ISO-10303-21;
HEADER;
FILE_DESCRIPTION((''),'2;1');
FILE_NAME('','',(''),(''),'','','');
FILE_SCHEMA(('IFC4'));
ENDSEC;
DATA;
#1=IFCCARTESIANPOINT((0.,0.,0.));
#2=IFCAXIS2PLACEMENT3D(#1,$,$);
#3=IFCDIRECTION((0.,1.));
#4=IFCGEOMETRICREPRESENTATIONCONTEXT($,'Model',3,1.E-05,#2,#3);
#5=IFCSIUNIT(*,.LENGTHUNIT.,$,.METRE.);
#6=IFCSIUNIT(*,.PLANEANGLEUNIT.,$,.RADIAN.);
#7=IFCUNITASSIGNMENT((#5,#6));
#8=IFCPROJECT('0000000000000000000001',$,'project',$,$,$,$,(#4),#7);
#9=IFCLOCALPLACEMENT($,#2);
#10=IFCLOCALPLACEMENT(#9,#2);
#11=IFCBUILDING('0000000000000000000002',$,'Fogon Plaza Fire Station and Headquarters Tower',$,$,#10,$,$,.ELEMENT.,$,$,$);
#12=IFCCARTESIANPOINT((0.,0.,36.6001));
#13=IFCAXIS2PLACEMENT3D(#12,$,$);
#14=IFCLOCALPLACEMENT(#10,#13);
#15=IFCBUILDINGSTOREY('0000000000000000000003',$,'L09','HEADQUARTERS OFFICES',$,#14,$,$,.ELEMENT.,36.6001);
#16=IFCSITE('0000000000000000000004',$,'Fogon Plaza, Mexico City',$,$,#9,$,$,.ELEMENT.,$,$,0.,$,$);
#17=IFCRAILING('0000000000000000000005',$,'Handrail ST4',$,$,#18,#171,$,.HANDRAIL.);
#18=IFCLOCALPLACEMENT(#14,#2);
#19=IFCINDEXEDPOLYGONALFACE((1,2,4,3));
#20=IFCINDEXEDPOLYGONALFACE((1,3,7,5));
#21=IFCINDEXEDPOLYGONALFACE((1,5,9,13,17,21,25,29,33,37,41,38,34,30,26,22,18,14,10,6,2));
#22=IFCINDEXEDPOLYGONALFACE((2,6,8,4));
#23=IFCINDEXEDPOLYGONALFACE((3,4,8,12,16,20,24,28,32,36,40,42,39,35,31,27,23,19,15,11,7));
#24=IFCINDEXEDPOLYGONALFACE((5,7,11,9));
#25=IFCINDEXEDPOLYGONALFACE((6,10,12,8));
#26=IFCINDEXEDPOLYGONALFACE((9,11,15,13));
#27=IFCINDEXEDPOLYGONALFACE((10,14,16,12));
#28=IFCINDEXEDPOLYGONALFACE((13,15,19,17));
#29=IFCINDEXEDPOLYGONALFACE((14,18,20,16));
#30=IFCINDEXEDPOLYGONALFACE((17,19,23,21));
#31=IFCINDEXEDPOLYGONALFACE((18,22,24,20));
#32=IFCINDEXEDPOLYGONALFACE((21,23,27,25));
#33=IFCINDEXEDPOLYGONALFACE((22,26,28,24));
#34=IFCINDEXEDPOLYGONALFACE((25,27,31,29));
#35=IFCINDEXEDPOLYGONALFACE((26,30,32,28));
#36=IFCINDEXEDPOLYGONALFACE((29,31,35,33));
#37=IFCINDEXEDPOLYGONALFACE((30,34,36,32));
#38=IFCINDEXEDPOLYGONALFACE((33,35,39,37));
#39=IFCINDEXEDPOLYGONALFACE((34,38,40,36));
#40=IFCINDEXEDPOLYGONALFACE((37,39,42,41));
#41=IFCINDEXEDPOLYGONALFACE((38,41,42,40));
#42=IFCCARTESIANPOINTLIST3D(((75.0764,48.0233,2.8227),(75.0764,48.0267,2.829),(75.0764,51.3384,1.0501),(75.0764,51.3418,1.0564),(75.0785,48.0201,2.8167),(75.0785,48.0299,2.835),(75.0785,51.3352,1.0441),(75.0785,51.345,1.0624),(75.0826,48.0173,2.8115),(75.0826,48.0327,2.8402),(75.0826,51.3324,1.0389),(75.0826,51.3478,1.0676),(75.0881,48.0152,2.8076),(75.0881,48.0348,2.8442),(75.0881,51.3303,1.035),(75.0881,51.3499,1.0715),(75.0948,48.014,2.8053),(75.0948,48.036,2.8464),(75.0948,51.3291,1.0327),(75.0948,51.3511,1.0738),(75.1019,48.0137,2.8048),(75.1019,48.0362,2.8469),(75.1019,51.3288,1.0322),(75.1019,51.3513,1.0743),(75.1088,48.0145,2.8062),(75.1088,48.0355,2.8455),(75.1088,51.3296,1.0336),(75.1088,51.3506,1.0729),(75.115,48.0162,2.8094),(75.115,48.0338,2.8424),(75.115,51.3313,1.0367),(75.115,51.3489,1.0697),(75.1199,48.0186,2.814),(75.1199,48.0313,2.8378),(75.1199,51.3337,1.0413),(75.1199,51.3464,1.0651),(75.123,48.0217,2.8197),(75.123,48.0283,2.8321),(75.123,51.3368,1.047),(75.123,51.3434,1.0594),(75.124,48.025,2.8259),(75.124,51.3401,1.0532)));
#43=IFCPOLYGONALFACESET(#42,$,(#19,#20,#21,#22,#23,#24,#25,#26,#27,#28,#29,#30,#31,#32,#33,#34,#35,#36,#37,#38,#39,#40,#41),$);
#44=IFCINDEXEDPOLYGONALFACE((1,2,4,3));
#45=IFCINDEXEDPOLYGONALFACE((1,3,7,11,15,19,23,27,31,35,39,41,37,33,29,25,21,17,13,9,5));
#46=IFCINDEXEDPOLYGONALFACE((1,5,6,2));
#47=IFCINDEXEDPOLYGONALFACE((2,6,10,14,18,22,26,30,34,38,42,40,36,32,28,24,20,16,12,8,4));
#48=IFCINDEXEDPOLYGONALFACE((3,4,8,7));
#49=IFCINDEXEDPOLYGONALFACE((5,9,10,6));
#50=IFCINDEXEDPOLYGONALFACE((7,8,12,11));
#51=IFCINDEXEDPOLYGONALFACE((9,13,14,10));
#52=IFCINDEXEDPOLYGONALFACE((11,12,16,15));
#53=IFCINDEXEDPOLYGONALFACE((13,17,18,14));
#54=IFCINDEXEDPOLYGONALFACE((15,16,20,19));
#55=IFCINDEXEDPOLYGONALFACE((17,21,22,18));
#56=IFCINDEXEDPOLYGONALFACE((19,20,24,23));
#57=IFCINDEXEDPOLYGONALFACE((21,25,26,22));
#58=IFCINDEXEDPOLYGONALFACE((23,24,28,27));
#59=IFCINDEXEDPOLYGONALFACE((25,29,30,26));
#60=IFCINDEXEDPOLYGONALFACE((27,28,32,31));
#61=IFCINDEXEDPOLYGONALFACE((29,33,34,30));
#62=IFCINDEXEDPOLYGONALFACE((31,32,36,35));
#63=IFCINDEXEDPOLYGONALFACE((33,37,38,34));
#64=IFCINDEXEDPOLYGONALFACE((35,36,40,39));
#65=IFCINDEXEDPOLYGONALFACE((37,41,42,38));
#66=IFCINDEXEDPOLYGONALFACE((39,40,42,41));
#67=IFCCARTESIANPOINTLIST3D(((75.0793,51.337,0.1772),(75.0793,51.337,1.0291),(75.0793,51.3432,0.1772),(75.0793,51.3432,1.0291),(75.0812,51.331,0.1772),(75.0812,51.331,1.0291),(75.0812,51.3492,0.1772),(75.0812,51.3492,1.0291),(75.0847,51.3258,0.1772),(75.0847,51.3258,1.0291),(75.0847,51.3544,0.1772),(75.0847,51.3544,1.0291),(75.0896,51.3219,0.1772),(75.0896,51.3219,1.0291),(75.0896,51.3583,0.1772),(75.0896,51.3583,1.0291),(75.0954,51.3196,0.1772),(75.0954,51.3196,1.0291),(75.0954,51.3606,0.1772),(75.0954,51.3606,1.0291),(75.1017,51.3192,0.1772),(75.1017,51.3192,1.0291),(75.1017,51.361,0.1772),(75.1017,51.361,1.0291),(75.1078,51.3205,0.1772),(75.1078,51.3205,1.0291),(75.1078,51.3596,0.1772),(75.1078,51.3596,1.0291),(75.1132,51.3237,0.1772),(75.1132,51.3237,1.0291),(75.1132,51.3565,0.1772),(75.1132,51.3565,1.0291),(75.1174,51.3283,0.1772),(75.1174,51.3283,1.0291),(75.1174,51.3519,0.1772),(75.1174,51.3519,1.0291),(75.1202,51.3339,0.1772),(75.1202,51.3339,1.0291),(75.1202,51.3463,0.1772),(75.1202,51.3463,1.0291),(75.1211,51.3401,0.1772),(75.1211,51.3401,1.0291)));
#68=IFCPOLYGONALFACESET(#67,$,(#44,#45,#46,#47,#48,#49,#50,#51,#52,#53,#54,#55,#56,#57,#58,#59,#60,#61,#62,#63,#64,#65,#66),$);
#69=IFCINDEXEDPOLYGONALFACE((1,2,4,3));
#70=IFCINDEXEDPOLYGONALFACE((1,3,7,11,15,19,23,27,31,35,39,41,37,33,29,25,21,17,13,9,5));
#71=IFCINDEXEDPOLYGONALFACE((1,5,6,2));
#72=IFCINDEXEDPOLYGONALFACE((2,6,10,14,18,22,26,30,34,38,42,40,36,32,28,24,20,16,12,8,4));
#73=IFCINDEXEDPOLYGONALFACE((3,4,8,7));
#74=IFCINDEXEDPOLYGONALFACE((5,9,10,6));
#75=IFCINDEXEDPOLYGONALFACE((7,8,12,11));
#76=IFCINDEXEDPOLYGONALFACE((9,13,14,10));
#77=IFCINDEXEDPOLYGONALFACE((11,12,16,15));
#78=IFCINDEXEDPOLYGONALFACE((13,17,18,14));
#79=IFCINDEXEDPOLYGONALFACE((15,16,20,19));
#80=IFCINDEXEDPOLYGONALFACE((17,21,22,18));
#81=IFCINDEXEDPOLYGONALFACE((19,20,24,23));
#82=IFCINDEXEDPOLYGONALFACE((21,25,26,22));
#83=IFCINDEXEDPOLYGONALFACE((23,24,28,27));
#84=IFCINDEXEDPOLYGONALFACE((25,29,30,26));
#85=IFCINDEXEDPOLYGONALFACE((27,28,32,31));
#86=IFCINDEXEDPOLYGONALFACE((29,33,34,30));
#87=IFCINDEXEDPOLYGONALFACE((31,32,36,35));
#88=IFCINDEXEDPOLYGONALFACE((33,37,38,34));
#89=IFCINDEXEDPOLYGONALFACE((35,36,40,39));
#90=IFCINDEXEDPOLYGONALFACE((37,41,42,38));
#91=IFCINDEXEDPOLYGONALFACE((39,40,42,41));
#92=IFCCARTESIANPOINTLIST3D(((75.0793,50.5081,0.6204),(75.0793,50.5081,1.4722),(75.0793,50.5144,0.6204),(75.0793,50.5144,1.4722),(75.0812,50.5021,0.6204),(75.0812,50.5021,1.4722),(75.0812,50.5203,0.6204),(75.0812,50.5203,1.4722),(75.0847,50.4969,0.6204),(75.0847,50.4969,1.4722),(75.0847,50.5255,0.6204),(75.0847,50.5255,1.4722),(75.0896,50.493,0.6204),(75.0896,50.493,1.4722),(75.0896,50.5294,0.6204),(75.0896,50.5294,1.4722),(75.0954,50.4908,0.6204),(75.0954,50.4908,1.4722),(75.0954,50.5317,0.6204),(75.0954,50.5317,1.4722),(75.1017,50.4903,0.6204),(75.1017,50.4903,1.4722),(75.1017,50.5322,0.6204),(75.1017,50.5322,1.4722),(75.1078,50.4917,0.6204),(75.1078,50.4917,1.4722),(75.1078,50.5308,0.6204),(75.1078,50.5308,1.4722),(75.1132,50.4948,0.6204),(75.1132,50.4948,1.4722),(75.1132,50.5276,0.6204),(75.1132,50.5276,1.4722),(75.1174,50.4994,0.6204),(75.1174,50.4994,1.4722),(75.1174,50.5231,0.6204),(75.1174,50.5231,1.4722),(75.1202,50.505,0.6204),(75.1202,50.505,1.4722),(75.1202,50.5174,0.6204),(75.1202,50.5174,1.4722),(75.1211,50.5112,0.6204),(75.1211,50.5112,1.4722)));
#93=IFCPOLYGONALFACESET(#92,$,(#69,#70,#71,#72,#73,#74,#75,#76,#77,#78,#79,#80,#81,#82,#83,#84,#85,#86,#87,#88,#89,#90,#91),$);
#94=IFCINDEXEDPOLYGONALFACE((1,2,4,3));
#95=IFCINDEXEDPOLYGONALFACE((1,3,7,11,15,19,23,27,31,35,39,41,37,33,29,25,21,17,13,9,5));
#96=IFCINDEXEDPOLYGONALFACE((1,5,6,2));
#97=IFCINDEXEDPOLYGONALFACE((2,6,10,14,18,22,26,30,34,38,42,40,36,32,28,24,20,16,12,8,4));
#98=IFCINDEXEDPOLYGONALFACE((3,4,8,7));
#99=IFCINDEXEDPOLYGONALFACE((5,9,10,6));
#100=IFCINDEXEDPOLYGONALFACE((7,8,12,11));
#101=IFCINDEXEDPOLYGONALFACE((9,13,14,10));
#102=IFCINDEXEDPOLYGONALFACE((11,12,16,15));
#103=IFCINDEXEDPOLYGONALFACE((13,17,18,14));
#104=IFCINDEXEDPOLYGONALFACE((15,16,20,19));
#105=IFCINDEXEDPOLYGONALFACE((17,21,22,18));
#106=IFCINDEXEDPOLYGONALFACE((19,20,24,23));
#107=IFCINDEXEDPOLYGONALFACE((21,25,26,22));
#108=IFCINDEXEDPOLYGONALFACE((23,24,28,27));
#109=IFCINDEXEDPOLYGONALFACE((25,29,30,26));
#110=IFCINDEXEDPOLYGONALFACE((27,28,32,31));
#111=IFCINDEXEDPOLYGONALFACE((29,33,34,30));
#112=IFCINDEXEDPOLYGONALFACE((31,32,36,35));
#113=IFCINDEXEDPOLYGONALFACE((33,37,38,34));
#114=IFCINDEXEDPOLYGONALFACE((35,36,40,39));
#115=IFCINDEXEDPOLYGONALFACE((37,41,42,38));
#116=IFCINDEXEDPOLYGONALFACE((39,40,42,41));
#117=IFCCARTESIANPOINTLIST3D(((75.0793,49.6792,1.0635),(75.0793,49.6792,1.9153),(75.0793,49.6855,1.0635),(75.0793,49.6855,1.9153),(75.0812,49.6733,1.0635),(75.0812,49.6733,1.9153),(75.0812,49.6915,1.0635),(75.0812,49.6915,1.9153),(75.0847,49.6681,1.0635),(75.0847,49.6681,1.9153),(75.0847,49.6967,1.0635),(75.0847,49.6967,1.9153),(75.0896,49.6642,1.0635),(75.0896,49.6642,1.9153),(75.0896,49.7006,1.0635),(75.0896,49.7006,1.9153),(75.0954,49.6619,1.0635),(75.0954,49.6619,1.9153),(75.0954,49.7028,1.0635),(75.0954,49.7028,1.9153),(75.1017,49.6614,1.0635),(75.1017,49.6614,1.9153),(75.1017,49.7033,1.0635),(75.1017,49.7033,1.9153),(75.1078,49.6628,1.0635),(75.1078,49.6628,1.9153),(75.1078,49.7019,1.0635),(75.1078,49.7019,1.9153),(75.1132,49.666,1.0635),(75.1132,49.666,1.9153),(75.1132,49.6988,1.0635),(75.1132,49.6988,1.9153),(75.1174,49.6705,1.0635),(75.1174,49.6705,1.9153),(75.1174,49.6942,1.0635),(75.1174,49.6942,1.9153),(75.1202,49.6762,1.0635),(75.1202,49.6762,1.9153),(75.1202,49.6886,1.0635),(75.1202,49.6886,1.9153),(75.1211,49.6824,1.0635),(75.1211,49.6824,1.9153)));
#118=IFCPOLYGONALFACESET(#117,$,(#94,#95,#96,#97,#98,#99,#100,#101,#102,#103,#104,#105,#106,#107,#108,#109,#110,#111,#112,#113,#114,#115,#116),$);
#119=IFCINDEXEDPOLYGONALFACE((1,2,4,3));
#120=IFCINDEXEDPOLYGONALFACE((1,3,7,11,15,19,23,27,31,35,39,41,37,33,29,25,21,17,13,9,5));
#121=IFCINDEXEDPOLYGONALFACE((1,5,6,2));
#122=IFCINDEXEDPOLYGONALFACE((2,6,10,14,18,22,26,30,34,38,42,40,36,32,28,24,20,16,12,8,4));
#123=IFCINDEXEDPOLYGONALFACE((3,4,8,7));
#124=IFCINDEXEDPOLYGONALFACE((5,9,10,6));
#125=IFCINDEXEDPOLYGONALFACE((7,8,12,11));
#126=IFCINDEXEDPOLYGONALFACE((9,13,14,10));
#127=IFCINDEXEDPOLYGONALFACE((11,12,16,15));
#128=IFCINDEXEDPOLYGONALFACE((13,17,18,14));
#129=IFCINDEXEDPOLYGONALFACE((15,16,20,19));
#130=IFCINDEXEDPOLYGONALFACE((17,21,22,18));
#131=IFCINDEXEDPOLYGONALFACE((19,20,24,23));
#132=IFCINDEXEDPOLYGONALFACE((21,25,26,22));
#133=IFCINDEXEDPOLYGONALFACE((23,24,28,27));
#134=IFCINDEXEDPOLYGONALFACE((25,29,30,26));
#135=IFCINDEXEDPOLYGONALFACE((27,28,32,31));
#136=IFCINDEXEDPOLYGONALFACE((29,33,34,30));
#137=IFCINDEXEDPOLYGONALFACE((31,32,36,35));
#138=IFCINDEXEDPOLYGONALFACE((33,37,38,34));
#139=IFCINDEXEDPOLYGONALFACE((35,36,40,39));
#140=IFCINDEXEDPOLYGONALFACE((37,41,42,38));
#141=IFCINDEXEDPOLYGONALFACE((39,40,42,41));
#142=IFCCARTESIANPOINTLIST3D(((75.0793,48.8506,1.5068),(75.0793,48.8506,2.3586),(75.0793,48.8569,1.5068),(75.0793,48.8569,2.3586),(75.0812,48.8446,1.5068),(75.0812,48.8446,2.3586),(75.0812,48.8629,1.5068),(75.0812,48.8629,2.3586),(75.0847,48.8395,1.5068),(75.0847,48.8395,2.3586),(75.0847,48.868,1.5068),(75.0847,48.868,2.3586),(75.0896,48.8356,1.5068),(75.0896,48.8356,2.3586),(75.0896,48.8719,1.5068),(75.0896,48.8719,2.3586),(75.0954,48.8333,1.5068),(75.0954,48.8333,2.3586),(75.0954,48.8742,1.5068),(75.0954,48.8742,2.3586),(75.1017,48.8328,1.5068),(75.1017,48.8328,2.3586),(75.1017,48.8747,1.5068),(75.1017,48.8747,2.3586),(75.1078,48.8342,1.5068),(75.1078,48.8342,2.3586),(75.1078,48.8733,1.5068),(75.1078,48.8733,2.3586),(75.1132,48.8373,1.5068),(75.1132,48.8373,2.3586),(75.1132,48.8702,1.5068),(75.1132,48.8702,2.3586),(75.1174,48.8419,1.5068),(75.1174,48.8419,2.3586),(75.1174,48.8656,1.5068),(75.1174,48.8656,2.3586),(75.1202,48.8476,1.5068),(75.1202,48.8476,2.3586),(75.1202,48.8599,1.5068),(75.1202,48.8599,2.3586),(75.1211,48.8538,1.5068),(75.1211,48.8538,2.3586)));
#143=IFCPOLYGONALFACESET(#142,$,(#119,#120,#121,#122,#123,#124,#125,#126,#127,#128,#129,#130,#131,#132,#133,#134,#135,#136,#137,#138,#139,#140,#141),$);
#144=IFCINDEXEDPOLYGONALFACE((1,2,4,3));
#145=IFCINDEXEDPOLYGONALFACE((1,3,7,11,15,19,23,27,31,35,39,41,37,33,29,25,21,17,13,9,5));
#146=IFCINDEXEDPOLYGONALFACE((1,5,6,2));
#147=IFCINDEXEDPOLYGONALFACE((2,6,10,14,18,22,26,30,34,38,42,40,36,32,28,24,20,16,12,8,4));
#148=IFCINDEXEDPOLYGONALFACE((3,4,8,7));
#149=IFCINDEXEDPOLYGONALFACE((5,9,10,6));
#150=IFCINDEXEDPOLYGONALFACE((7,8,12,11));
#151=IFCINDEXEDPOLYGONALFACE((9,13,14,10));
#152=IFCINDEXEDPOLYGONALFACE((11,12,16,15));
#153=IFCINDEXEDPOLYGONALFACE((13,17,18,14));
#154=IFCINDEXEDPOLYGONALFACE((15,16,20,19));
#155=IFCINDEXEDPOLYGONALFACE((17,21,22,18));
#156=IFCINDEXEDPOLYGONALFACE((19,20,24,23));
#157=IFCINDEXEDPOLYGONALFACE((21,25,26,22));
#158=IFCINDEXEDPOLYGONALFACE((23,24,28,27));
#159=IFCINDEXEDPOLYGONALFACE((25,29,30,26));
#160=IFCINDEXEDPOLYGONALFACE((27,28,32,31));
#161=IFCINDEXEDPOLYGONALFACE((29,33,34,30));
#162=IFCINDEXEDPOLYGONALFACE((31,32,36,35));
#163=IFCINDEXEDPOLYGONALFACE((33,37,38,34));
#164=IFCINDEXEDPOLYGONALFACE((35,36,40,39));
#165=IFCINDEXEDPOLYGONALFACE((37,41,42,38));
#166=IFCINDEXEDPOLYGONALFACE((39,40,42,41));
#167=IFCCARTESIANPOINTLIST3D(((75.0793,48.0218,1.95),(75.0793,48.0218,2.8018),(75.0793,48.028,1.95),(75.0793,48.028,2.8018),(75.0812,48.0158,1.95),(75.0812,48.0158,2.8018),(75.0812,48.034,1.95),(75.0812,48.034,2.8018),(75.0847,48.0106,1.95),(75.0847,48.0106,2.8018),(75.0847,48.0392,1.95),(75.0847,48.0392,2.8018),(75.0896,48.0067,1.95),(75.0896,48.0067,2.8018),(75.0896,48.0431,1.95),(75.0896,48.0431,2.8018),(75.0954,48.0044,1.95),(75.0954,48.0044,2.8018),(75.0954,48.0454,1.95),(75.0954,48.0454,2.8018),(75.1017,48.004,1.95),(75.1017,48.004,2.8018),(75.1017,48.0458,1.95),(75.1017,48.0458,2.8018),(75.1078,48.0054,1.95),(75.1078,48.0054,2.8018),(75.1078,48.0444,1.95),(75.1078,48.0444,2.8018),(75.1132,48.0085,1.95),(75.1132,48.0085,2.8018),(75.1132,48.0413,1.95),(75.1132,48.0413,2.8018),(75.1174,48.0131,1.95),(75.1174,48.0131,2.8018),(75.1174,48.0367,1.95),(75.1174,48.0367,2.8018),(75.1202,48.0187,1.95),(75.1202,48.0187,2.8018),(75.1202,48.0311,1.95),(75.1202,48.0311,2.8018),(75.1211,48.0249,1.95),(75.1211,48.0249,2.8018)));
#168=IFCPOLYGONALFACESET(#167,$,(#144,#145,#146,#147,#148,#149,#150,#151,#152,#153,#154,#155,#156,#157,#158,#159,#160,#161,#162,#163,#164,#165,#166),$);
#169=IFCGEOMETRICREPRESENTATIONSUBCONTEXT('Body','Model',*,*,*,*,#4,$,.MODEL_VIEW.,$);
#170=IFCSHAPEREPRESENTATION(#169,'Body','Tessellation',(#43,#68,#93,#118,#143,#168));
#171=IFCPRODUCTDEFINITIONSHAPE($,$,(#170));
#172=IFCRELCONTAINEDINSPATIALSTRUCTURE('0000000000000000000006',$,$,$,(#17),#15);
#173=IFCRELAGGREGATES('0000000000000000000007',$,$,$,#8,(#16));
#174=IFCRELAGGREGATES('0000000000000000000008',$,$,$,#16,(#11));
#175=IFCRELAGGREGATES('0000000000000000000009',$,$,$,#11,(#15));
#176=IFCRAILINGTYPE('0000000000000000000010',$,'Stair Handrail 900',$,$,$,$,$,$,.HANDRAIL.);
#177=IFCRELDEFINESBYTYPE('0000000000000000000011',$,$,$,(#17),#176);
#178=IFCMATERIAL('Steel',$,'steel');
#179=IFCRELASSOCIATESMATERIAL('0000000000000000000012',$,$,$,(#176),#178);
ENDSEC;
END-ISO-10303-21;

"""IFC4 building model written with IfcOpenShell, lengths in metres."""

from ifc_helpers import new_model, si_unit, direction, frame, origin, origin_2d, place, context, subcontext, project, spatial, circle, extrude, material, type_object, element, save


model = new_model("IFC4")

# Units and contexts
model_context = context("Model", 3, precision=1e-05, world=origin(), true_north=direction((0.0, 1.0)))
body_context = subcontext(model_context, "Body", "Model", "MODEL_VIEW")
ifc_project = project(units=[si_unit("LENGTHUNIT", "METRE"), si_unit("PLANEANGLEUNIT", "RADIAN")], contexts=[model_context])

# Site, building, storey
site_placement = place(None, origin())
site = spatial("IfcSite", under=ifc_project, at=site_placement, Name="Fogon Plaza, Mexico City", CompositionType="ELEMENT", RefElevation=0.0)
building_placement = place(site_placement, origin())
building = spatial("IfcBuilding", under=site, at=building_placement, Name="Fogon Plaza Fire Station and Headquarters Tower", CompositionType="ELEMENT")
storey_placement = place(building_placement, frame((0.0, 0.0, 36.6001)))
storey = spatial("IfcBuildingStorey", under=building, at=storey_placement, Name="L09", Description="HEADQUARTERS OFFICES", CompositionType="ELEMENT", Elevation=36.6001)

# Railing
ifc_material_1 = material(Name="Steel", Category="steel")
railing_type = type_object("IfcRailingType", Name="Stair Handrail 900", PredefinedType="HANDRAIL", material=ifc_material_1)
for number, where, name in (
    (1, (75.1001, 51.3401, 0.1772), "Handrail ST4"),
):
    element("IfcRailing", number, at=place(storey_placement, frame(where)), inside=storey, type_object=railing_type, Name=name, PredefinedType="HANDRAIL", context=body_context, shape_type="SweptSolid", body=[
        extrude(circle(Radius=0.0239, at=origin_2d()), frame((0.0, 0.0, 0.876), z_axis=(0.0, -0.881844, 0.471542), x_axis=(1.0, 0.0, 0.0)), (0.0, 0.0, 1.0), 3.7593),
        extrude(circle(Radius=0.021, at=origin_2d()), origin(), (0.0, 0.0, 1.0), 0.8518),
        extrude(circle(Radius=0.021, at=origin_2d()), frame((0.0, -0.8289, 0.4431)), (0.0, 0.0, 1.0), 0.8518),
        extrude(circle(Radius=0.021, at=origin_2d()), frame((0.0, -1.6577, 0.8862)), (0.0, 0.0, 1.0), 0.8518),
        extrude(circle(Radius=0.021, at=origin_2d()), frame((0.0, -2.4863, 1.3296)), (0.0, 0.0, 1.0), 0.8518),
        extrude(circle(Radius=0.021, at=origin_2d()), frame((0.0, -3.3152, 1.7727)), (0.0, 0.0, 1.0), 0.8518),
    ])

save(model, "model.ifc")
